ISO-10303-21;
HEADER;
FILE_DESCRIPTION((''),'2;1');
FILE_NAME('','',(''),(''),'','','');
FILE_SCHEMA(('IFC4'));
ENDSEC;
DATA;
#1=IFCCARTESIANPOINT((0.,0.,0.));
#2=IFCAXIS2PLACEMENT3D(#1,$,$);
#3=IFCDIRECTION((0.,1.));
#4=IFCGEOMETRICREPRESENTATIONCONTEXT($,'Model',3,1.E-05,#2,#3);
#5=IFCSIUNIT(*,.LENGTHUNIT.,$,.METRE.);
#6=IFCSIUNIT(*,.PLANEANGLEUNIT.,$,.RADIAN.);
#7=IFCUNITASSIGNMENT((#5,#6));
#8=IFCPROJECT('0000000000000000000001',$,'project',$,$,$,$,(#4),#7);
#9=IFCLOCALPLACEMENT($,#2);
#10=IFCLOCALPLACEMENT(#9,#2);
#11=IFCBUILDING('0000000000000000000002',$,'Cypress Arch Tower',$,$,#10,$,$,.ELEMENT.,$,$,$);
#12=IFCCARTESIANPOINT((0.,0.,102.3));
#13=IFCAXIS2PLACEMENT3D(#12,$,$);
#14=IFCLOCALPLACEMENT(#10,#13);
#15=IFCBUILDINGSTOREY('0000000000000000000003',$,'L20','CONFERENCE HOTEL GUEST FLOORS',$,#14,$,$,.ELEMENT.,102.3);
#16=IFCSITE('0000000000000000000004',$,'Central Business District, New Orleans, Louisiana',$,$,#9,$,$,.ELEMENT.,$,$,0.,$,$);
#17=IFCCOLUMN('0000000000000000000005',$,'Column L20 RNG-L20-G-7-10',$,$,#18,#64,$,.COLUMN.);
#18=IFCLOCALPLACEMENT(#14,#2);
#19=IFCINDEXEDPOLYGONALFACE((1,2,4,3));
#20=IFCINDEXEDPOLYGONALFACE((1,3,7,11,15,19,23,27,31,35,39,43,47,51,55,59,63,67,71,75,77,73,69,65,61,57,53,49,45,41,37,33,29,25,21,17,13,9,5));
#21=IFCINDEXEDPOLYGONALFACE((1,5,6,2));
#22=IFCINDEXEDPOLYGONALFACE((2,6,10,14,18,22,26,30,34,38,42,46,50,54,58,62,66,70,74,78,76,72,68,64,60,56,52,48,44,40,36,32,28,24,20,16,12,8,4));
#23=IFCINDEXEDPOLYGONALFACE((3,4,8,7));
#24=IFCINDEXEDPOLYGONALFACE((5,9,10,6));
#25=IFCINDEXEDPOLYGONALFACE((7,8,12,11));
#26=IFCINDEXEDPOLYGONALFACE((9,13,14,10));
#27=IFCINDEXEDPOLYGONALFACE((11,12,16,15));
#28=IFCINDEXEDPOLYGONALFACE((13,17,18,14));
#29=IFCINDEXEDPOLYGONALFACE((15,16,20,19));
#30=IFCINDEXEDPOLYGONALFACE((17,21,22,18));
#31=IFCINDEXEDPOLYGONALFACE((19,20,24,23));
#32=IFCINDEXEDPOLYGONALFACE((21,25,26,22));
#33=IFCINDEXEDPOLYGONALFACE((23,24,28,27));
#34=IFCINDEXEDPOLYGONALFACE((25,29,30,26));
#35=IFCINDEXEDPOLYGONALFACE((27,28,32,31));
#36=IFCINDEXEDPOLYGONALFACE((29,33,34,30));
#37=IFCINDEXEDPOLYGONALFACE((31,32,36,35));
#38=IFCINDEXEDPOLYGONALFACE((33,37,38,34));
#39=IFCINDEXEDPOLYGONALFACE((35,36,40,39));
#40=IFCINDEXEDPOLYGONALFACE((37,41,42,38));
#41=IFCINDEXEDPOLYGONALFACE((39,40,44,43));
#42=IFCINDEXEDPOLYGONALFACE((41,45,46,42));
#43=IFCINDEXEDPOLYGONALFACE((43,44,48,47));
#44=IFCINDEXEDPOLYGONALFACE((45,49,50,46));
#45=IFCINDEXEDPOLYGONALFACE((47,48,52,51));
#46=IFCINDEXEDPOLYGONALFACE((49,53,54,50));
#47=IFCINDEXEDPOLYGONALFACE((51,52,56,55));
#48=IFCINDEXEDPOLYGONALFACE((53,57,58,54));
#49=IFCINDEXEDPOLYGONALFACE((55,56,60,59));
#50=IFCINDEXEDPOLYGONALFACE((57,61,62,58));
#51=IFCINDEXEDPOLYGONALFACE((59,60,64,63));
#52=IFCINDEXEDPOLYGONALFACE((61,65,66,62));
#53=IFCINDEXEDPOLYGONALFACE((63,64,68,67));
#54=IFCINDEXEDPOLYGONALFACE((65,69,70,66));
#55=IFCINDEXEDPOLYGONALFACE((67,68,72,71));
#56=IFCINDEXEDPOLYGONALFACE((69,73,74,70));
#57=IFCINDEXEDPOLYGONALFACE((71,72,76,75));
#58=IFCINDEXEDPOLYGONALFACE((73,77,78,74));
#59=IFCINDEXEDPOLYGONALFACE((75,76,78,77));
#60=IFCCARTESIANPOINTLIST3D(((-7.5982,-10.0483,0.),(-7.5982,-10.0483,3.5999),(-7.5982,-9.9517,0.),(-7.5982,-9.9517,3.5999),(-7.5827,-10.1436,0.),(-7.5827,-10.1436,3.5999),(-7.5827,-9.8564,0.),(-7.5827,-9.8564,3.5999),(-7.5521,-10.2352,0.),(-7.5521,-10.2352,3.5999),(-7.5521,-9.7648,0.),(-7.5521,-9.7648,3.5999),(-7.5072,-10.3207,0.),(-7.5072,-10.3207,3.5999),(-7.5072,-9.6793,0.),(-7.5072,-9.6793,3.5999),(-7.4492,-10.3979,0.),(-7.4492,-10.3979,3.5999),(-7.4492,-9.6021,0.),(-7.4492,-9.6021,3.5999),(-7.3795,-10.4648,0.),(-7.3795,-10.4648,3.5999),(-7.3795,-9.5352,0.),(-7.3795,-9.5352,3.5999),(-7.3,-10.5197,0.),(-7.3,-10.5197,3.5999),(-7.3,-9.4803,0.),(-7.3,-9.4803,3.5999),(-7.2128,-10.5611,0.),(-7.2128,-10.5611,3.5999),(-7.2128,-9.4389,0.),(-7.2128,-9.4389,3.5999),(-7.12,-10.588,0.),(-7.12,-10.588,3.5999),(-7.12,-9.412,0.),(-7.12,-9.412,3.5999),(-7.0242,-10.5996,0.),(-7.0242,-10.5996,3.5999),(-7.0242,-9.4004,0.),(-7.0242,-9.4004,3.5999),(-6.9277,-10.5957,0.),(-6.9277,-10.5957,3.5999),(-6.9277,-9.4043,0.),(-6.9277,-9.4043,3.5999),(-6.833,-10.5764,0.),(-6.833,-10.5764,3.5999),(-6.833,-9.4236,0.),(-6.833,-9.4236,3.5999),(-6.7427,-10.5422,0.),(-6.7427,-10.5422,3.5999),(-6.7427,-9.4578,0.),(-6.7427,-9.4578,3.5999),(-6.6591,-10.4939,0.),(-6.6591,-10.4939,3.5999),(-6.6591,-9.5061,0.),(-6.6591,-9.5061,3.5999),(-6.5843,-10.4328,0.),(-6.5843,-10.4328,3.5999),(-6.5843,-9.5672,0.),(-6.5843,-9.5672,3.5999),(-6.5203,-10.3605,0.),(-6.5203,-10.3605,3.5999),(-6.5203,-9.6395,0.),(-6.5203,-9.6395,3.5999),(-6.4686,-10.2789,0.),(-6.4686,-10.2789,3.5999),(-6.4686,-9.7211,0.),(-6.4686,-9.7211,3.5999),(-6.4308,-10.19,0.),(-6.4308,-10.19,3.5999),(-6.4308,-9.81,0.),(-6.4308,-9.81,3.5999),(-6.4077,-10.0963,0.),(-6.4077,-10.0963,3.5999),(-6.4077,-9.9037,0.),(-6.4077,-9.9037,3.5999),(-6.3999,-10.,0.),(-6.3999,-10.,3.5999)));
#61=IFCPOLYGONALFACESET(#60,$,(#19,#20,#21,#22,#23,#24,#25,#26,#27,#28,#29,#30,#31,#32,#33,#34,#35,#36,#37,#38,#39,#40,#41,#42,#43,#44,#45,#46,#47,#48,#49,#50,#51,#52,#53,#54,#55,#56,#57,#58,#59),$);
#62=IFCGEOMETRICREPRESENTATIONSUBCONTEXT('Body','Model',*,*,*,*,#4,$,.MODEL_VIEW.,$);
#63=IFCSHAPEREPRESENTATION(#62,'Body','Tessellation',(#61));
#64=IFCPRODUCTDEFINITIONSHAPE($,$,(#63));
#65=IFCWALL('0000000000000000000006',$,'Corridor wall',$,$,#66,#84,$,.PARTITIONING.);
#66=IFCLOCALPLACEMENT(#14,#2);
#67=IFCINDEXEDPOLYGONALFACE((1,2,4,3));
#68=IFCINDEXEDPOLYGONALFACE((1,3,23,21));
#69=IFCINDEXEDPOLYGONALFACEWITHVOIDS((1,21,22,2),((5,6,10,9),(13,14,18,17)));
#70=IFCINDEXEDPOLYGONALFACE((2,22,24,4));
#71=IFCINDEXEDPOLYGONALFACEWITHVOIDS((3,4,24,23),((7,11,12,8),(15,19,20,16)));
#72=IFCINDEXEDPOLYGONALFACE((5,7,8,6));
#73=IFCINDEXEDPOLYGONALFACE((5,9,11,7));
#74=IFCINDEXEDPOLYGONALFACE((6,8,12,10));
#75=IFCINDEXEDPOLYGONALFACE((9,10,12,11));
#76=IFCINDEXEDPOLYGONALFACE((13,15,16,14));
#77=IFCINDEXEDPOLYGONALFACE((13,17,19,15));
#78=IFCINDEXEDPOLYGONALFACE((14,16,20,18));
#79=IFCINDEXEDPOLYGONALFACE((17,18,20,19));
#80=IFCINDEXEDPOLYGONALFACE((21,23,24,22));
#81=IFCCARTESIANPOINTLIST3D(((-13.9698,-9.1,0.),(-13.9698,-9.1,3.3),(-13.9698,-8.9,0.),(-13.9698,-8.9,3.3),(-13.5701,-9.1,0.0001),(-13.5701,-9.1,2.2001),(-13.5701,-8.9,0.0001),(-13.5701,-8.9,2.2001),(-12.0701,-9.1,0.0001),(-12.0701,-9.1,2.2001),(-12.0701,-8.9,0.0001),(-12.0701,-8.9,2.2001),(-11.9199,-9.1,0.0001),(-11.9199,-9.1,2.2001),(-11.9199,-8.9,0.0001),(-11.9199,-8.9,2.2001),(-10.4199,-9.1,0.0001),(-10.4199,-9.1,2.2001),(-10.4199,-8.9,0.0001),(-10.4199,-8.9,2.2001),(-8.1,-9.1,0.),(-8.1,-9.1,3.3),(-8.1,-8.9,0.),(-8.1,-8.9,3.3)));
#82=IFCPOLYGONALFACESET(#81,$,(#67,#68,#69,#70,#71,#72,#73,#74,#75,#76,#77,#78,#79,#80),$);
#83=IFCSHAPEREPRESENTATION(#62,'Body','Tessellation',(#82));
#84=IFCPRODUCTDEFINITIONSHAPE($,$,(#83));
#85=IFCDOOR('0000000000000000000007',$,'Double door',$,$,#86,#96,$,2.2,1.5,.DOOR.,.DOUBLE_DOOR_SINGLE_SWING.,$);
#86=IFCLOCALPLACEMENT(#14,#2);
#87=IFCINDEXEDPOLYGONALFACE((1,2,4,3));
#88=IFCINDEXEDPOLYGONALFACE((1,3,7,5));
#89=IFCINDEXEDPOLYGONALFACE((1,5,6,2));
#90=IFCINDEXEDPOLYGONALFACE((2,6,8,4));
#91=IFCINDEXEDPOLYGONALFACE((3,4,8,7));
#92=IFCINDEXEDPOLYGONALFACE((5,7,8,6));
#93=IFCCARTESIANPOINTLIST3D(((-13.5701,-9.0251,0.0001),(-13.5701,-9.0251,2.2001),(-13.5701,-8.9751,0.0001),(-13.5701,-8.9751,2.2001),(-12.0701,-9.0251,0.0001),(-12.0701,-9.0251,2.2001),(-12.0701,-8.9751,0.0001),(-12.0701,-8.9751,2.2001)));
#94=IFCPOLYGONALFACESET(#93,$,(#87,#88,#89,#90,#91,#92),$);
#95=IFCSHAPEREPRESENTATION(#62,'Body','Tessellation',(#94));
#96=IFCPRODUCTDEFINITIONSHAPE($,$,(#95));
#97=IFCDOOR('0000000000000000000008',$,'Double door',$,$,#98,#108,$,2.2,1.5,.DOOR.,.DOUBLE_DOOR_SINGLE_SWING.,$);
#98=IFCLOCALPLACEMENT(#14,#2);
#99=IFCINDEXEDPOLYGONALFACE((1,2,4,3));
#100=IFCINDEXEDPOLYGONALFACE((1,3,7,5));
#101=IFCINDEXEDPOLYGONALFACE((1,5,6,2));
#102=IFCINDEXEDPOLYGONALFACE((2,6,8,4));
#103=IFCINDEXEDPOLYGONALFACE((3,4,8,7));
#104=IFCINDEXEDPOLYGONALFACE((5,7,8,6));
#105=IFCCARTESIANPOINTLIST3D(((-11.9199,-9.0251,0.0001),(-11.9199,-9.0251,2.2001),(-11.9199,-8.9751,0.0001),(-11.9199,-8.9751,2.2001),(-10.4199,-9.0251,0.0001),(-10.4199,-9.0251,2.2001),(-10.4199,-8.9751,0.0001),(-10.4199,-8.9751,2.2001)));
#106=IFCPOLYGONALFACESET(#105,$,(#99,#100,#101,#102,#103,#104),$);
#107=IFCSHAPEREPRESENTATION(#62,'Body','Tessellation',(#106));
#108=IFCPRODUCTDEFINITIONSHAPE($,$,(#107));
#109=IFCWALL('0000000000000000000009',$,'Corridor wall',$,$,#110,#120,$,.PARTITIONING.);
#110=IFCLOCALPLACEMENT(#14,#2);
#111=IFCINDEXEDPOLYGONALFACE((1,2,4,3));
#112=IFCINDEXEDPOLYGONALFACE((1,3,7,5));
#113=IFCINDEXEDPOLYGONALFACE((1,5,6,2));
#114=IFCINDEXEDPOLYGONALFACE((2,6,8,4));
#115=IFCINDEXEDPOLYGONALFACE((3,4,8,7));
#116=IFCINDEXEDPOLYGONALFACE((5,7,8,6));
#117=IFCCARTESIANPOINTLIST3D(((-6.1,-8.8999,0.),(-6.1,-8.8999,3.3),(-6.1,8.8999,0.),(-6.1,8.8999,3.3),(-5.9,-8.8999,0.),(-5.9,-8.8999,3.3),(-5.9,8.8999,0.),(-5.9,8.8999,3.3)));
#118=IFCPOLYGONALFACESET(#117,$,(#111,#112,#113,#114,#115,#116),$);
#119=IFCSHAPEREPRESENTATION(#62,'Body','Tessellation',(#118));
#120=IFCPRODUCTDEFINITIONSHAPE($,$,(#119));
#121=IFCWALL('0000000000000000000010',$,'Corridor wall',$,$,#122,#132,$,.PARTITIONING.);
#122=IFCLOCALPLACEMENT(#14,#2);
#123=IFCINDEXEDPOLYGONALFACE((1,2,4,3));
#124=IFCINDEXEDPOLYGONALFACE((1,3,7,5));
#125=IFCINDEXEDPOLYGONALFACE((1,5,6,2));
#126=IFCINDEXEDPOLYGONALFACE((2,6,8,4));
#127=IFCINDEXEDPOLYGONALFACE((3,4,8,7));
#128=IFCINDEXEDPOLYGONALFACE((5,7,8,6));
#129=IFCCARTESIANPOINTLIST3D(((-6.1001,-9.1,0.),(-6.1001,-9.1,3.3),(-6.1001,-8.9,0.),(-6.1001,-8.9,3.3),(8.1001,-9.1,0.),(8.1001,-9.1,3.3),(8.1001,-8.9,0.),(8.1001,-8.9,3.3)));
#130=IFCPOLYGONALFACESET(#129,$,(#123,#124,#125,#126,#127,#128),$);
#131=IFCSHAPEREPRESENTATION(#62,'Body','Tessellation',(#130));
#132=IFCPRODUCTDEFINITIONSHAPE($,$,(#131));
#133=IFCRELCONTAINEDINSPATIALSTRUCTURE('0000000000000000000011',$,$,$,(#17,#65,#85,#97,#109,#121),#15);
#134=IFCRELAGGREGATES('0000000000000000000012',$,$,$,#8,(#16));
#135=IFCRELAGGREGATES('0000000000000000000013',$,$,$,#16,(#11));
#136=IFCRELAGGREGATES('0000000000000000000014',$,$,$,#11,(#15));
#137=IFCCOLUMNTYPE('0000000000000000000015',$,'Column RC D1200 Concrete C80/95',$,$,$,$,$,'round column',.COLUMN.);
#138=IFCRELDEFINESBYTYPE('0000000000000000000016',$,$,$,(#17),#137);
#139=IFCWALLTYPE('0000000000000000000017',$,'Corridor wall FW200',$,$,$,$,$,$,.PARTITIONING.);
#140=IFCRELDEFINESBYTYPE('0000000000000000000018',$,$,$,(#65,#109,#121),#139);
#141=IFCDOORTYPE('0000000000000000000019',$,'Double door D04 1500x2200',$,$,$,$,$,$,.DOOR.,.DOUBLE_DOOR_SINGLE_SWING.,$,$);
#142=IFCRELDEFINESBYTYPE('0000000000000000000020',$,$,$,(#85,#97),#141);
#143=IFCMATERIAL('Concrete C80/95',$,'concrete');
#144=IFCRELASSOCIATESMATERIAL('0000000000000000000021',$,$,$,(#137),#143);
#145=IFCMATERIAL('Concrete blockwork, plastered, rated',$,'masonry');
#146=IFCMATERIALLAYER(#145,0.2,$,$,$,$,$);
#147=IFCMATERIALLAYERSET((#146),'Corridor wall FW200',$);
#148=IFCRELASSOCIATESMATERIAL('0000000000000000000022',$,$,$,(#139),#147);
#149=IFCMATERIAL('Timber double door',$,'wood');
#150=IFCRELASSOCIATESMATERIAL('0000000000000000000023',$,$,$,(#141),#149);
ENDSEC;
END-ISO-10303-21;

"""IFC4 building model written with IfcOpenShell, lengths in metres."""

from ifc_helpers import new_model, si_unit, direction, frame, frame_2d, origin, origin_2d, place, context, subcontext, project, spatial, rectangle, circle, extrude, material, layer, layer_set, material_profile, profile_set, type_object, element, fill, save


model = new_model("IFC4")

# Units and contexts
model_context = context("Model", 3, precision=1e-05, world=origin(), true_north=direction((0.0, 1.0)))
body_context = subcontext(model_context, "Body", "Model", "MODEL_VIEW")
ifc_project = project(units=[si_unit("LENGTHUNIT", "METRE"), si_unit("PLANEANGLEUNIT", "RADIAN")], contexts=[model_context])

# Site, building, storey
site_placement = place(None, origin())
site = spatial("IfcSite", under=ifc_project, at=site_placement, Name="Central Business District, New Orleans, Louisiana", CompositionType="ELEMENT", RefElevation=0.0)
building_placement = place(site_placement, origin())
building = spatial("IfcBuilding", under=site, at=building_placement, Name="Cypress Arch Tower", CompositionType="ELEMENT")
storey_placement = place(building_placement, frame((0.0, 0.0, 102.3)))
storey = spatial("IfcBuildingStorey", under=building, at=storey_placement, Name="L20", Description="CONFERENCE HOTEL GUEST FLOORS", CompositionType="ELEMENT", Elevation=102.3)

# Column
ifc_material_1 = material(Name="Concrete C80/95", Category="concrete")
ifc_material_profile = material_profile(ifc_material_1, circle(Radius=0.6001, at=origin_2d()), Name="RC D1200")
ifc_profile_set = profile_set([ifc_material_profile], Name="Concrete C80/95")
column_type = type_object("IfcColumnType", Name="Column RC D1200 Concrete C80/95", ElementType="round column", PredefinedType="COLUMN", material=ifc_profile_set)
column_placement = place(storey_placement, frame((-7.0, -10.0, 0.0), z_axis=(0.0, 0.0, 1.0), x_axis=(1.0, 0.0, 0.0)))
element("IfcColumn", 1, at=column_placement, inside=storey, type_object=column_type, Name="Column L20 RNG-L20-G-7-10", PredefinedType="COLUMN", context=body_context, shape_type="SweptSolid", body=[
    extrude(circle(Radius=0.6001, at=origin_2d()), origin(), (0.0, 0.0, 1.0), 3.5999),
])

# Wall, openings, doors
ifc_material_2 = material(Name="Concrete blockwork, plastered, rated", Category="masonry")
ifc_layer_1 = layer(ifc_material_2, 0.2)
ifc_layer_set_1 = layer_set([ifc_layer_1], Name="Corridor wall FW200")
wall_type_1 = type_object("IfcWallType", Name="Corridor wall FW200", PredefinedType="PARTITIONING", material=ifc_layer_set_1)
wall_1_placement = place(storey_placement, frame((-13.97, -9.0, 0.0), z_axis=(0.0, 0.0, 1.0), x_axis=(1.0, 0.0, 0.0)))
wall_1 = element("IfcWall", 2, at=wall_1_placement, inside=storey, type_object=wall_type_1, Name="Corridor wall", PredefinedType="PARTITIONING", context=body_context, shape_type="SweptSolid", body=[
    extrude(rectangle(XDim=5.8699, YDim=0.2, at=frame_2d((2.9351, 0.0))), origin(), (0.0, 0.0, 1.0), 3.3),
])
opening_1_placement = place(wall_1_placement, frame((0.3999, 0.0, 0.0)))
opening_1 = element("IfcOpeningElement", 3, at=opening_1_placement, cuts=wall_1, PredefinedType="OPENING", context=body_context, shape_type="SweptSolid", body=[
    extrude(rectangle(XDim=1.5, YDim=2.2, at=frame_2d((0.75, 1.1001))), frame((0.0, 0.1099, 0.0), z_axis=(0.0, -1.0, 0.0), x_axis=(1.0, 0.0, 0.0)), (0.0, 0.0, 1.0), 0.22),
])
opening_2_placement = place(wall_1_placement, frame((2.05, 0.0, 0.0)))
opening_2 = element("IfcOpeningElement", 4, at=opening_2_placement, cuts=wall_1, PredefinedType="OPENING", context=body_context, shape_type="SweptSolid", body=[
    extrude(rectangle(XDim=1.5, YDim=2.2, at=frame_2d((0.75, 1.1001))), frame((0.0, 0.1099, 0.0), z_axis=(0.0, -1.0, 0.0), x_axis=(1.0, 0.0, 0.0)), (0.0, 0.0, 1.0), 0.22),
])
ifc_material_3 = material(Name="Timber double door", Category="wood")
door_type_1 = type_object("IfcDoorType", Name="Double door D04 1500x2200", OperationType="DOUBLE_DOOR_SINGLE_SWING", PredefinedType="DOOR", material=ifc_material_3)
door_1_placement = place(opening_1_placement, origin())
door_1 = element("IfcDoor", 5, at=door_1_placement, inside=storey, type_object=door_type_1, Name="Double door", OperationType="DOUBLE_DOOR_SINGLE_SWING", OverallHeight=2.2, OverallWidth=1.5, PredefinedType="DOOR", context=body_context, shape_type="SweptSolid", body=[
    extrude(rectangle(XDim=1.5, YDim=2.2, at=frame_2d((0.75, 1.1001))), frame((0.0, 0.0249, 0.0), z_axis=(0.0, -1.0, 0.0), x_axis=(1.0, 0.0, 0.0)), (0.0, 0.0, 1.0), 0.05),
])
fill(opening_1, door_1)
door_2_placement = place(opening_2_placement, origin())
door_2 = element("IfcDoor", 6, at=door_2_placement, inside=storey, type_object=door_type_1, Name="Double door", OperationType="DOUBLE_DOOR_SINGLE_SWING", OverallHeight=2.2, OverallWidth=1.5, PredefinedType="DOOR", context=body_context, shape_type="SweptSolid", body=[
    extrude(rectangle(XDim=1.5, YDim=2.2, at=frame_2d((0.75, 1.1001))), frame((0.0, 0.0249, 0.0), z_axis=(0.0, -1.0, 0.0), x_axis=(1.0, 0.0, 0.0)), (0.0, 0.0, 1.0), 0.05),
])
fill(opening_2, door_2)

# Walls
wall_2_placement = place(storey_placement, frame((-6.0, -8.8999, 0.0), z_axis=(0.0, 0.0, 1.0), x_axis=(0.0, 1.0, 0.0)))
element("IfcWall", 7, at=wall_2_placement, inside=storey, type_object=wall_type_1, Name="Corridor wall", PredefinedType="PARTITIONING", context=body_context, shape_type="SweptSolid", body=[
    extrude(rectangle(XDim=17.7998, YDim=0.2, at=frame_2d((8.8999, 0.0))), origin(), (0.0, 0.0, 1.0), 3.3),
])
wall_3_placement = place(storey_placement, frame((-6.1001, -9.0, 0.0), z_axis=(0.0, 0.0, 1.0), x_axis=(1.0, 0.0, 0.0)))
element("IfcWall", 8, at=wall_3_placement, inside=storey, type_object=wall_type_1, Name="Corridor wall", PredefinedType="PARTITIONING", context=body_context, shape_type="SweptSolid", body=[
    extrude(rectangle(XDim=14.2002, YDim=0.2, at=frame_2d((7.1001, 0.0))), origin(), (0.0, 0.0, 1.0), 3.3),
])

save(model, "model.ifc")
